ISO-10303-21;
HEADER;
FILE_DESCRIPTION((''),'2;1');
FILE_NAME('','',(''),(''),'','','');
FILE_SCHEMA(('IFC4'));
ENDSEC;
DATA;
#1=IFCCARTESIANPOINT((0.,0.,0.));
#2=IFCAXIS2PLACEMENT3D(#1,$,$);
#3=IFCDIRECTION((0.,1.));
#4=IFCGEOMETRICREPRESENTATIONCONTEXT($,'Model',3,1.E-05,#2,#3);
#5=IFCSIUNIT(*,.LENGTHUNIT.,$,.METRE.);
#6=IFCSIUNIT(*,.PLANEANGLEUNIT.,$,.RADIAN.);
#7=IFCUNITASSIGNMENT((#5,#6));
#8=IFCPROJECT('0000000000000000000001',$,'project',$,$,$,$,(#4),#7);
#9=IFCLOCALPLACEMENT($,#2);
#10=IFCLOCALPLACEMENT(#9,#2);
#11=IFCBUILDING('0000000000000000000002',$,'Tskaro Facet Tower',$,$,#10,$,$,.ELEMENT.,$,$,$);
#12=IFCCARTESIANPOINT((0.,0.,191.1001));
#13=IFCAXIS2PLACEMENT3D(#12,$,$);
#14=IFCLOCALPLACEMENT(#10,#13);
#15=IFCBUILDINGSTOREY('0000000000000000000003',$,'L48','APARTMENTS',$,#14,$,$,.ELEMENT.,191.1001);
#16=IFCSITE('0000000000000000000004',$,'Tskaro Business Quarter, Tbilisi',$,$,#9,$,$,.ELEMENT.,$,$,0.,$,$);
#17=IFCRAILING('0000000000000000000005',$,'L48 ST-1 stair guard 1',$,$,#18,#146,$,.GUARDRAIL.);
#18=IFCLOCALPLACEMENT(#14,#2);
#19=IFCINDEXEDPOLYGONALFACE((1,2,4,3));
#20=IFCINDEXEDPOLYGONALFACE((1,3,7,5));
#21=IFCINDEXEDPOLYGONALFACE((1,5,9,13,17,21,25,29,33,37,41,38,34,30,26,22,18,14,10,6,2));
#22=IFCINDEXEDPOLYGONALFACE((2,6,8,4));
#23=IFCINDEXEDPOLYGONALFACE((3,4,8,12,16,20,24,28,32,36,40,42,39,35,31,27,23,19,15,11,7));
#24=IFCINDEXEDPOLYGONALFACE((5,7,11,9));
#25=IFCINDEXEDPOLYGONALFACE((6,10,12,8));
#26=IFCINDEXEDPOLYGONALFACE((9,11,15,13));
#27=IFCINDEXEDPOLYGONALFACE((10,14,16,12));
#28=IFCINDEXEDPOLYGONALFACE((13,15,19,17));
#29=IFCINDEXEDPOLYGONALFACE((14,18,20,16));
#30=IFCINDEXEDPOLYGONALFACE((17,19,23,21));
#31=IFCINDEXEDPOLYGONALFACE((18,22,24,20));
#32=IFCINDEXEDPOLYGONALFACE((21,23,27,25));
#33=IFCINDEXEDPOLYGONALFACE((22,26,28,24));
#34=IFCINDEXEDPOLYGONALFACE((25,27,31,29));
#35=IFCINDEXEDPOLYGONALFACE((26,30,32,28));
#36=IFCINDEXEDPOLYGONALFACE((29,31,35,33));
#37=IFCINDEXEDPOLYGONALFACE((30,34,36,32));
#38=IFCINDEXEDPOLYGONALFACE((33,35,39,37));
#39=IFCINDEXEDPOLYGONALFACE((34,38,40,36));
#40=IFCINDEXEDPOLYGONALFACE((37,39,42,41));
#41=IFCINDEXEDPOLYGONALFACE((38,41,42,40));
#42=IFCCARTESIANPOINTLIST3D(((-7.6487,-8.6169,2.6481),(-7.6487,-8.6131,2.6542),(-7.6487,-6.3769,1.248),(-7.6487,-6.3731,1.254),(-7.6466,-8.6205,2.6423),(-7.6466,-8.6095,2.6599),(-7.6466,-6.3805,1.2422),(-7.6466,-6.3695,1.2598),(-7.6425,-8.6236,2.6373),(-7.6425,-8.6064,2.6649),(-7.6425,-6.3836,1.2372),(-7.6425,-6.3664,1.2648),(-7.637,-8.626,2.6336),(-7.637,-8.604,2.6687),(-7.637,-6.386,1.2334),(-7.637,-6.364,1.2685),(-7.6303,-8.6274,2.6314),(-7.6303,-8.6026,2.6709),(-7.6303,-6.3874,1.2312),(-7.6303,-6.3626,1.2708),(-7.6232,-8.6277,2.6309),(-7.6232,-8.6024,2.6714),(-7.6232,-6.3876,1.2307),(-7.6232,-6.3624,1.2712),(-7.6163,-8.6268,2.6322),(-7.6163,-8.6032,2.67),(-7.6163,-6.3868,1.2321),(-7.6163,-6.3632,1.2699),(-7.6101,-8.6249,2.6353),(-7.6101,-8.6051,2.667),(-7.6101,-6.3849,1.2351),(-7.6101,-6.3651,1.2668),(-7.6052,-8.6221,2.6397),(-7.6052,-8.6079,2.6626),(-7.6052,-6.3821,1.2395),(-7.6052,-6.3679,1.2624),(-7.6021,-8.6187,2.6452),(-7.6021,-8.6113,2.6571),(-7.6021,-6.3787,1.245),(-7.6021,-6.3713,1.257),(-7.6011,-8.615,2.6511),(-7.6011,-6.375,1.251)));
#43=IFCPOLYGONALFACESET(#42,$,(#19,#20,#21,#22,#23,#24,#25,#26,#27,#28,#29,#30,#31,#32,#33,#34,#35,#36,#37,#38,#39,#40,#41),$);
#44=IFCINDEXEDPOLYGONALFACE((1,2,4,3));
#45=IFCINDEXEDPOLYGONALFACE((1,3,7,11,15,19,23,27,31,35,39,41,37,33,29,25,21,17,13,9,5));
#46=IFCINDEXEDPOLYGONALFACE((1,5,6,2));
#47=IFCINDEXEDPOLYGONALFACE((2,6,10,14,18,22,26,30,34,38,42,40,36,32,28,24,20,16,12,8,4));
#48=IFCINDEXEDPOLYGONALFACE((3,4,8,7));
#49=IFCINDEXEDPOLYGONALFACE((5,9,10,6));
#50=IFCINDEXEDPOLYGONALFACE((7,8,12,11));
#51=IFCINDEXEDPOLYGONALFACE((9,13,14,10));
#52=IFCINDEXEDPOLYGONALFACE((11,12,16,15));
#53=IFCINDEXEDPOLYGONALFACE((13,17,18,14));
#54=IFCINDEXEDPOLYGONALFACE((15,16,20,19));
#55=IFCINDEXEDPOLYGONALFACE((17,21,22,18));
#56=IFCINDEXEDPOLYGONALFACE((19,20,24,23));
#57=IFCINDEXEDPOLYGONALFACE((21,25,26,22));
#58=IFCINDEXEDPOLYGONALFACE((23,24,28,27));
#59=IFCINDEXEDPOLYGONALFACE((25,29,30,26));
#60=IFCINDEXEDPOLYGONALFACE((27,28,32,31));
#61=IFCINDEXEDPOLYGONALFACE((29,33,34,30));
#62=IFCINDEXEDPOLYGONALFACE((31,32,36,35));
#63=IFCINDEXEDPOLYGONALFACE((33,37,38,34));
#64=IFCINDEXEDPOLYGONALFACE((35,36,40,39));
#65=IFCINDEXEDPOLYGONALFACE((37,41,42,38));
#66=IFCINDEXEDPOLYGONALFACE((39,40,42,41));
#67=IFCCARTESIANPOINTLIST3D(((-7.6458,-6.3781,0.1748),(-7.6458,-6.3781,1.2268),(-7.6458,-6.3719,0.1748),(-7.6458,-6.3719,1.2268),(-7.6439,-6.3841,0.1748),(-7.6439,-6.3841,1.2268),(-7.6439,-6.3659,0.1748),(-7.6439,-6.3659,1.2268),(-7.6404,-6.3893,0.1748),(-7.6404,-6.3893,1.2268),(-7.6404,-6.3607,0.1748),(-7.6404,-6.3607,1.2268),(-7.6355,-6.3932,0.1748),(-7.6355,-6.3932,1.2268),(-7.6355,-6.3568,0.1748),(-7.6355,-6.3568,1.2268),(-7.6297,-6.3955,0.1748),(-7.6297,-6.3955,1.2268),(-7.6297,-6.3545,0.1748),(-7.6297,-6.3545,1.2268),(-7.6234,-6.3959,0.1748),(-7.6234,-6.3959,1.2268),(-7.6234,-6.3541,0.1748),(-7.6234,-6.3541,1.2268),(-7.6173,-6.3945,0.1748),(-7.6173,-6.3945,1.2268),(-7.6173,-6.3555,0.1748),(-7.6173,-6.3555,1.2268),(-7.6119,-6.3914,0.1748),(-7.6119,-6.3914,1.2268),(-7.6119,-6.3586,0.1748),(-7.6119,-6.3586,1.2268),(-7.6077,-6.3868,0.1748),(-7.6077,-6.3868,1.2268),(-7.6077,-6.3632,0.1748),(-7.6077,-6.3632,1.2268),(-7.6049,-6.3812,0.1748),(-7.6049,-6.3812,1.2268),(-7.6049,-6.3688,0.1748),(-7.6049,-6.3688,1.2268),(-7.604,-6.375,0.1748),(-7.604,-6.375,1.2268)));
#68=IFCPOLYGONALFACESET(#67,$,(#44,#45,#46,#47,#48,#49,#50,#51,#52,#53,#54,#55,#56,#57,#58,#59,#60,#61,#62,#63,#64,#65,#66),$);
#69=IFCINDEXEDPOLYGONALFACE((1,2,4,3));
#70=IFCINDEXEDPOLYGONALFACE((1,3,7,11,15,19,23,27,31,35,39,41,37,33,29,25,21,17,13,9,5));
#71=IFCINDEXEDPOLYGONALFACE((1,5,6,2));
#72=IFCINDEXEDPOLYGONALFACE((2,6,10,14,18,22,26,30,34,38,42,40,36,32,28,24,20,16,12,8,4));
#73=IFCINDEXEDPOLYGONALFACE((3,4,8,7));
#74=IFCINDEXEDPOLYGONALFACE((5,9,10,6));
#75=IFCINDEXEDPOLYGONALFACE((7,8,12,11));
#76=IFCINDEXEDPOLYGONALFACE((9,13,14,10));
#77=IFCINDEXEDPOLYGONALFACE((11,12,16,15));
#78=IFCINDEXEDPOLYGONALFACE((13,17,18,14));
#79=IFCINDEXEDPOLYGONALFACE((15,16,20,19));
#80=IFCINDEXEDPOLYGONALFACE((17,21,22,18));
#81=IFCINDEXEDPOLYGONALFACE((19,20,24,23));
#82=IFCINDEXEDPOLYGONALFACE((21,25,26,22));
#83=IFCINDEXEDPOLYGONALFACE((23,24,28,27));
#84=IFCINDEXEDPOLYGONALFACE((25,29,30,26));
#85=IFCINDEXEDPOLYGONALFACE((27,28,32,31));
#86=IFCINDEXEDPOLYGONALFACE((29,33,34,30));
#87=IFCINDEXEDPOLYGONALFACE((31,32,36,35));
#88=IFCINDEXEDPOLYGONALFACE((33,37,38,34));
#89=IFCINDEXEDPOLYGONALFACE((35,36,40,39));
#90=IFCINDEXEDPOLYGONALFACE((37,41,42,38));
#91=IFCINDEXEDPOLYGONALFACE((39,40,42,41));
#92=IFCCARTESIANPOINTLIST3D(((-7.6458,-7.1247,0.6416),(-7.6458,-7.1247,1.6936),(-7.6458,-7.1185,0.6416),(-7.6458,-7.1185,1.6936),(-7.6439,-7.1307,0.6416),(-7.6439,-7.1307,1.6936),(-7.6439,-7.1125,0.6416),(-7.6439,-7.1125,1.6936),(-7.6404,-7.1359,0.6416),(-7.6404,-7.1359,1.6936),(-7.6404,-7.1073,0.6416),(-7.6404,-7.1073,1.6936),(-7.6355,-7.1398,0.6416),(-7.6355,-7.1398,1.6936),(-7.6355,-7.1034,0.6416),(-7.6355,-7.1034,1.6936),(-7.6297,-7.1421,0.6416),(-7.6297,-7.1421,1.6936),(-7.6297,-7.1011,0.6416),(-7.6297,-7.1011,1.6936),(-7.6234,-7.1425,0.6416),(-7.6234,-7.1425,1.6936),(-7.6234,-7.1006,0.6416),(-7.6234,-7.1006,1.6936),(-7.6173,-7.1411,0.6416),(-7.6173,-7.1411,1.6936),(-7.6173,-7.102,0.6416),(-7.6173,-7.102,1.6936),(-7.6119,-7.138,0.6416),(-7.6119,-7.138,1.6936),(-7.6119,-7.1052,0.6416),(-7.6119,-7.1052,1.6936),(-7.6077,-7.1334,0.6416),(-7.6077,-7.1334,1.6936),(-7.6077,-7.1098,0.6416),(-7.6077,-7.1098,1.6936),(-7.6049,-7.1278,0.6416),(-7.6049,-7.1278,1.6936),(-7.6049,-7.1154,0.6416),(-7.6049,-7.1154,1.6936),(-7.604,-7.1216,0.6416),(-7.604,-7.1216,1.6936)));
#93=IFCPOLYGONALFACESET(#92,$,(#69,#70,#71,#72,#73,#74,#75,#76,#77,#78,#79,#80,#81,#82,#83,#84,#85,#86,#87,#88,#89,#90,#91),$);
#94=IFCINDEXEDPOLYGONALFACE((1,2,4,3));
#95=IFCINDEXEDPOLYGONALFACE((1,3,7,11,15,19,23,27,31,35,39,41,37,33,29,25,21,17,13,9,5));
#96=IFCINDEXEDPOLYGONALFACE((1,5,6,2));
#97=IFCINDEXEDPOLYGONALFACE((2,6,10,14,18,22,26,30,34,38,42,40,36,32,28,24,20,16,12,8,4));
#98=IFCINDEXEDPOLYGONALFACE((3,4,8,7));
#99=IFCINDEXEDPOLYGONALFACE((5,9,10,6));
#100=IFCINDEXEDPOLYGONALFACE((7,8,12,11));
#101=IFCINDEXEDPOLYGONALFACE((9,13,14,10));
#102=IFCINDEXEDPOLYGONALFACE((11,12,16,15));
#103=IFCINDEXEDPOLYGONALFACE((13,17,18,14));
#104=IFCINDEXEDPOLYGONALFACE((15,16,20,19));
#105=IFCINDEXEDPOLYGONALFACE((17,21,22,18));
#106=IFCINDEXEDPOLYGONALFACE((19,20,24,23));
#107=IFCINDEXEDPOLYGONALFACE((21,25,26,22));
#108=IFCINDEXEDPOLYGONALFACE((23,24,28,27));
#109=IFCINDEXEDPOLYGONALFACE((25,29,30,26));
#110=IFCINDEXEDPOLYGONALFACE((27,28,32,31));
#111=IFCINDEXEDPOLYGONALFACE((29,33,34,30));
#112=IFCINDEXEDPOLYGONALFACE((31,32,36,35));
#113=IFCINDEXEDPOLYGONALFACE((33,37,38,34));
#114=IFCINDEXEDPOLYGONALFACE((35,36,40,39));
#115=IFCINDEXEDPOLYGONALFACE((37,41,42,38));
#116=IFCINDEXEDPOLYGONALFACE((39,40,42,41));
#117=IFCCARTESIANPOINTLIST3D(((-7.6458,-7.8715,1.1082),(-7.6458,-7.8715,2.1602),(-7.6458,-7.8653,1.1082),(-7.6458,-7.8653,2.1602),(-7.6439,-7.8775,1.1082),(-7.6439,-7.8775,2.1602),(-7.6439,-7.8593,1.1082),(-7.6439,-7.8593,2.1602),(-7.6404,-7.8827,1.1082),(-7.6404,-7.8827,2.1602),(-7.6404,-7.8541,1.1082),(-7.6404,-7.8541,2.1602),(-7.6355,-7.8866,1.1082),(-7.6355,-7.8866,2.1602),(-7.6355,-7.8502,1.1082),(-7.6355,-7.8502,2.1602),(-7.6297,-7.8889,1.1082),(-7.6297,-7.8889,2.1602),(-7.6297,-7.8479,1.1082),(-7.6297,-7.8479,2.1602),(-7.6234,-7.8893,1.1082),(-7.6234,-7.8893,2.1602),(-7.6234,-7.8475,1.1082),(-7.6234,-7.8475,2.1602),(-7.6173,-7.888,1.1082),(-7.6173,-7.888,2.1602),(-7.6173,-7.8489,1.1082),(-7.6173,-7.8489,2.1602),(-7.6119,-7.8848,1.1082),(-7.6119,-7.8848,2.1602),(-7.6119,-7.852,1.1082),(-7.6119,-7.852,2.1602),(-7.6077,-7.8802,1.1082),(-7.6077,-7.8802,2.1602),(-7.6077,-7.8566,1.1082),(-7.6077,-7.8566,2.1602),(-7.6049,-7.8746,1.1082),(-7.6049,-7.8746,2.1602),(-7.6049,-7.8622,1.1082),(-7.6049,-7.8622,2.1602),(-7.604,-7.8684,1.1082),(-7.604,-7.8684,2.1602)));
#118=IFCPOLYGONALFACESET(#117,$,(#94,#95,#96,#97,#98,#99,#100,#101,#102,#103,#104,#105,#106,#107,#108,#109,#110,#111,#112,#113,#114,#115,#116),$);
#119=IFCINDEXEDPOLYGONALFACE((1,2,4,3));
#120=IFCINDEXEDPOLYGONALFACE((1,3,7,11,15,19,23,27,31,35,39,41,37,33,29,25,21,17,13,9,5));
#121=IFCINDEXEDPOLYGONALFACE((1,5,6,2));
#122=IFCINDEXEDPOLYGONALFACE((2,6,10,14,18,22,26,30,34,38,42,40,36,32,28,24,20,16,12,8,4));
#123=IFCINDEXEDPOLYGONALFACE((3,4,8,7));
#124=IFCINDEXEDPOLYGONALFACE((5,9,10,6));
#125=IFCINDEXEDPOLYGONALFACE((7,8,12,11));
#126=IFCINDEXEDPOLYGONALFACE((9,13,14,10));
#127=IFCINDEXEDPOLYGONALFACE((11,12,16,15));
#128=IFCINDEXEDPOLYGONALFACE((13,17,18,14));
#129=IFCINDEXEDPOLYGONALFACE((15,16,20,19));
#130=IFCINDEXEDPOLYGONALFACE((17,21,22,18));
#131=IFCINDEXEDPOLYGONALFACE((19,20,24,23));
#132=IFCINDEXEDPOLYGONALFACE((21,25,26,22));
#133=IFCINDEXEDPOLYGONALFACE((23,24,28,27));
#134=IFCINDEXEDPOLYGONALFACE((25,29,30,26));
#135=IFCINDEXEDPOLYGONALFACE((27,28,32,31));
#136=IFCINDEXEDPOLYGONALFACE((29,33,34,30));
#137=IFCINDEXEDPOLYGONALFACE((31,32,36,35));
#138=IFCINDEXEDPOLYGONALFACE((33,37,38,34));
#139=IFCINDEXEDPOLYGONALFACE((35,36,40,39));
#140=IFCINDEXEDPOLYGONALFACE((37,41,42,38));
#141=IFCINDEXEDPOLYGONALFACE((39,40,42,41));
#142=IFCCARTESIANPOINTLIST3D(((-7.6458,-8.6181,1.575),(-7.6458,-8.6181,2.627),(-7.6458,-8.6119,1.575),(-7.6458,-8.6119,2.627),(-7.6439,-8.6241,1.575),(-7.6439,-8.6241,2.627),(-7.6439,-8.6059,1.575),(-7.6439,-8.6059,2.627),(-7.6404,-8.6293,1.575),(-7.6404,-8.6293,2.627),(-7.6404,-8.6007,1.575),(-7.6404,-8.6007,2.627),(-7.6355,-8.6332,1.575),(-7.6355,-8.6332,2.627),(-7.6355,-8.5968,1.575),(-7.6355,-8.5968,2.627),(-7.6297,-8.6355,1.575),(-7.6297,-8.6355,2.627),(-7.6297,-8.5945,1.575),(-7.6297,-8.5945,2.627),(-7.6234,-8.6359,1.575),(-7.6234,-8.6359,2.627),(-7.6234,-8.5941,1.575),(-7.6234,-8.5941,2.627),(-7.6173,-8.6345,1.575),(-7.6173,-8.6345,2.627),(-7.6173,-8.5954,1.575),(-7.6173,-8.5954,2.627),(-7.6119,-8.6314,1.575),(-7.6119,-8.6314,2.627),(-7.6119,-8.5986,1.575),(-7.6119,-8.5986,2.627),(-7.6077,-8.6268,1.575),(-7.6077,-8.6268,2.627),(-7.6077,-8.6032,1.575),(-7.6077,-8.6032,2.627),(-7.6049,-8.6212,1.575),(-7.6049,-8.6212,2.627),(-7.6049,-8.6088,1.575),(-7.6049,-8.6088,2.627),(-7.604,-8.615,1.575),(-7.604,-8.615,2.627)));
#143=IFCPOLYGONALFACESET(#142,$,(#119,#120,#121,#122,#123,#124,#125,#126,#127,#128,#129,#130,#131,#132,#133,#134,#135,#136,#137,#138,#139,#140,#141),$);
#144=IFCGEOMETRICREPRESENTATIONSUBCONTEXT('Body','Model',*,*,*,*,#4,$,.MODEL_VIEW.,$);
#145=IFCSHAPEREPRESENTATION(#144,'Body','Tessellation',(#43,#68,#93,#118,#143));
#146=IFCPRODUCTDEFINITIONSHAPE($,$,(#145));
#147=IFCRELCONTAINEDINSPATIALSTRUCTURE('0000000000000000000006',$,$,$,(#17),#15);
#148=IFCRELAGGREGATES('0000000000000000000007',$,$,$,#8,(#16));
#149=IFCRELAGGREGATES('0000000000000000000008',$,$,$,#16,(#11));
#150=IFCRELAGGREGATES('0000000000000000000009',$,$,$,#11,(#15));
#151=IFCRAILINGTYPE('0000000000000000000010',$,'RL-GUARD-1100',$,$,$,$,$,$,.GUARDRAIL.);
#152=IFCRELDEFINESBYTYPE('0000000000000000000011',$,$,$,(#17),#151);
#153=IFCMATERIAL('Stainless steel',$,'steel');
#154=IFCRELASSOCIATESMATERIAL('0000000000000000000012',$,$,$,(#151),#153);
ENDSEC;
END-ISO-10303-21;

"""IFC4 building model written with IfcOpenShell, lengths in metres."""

from ifc_helpers import new_model, si_unit, direction, frame, origin, origin_2d, place, context, subcontext, project, spatial, circle, extrude, material, type_object, element, save


model = new_model("IFC4")

# Units and contexts
model_context = context("Model", 3, precision=1e-05, world=origin(), true_north=direction((0.0, 1.0)))
body_context = subcontext(model_context, "Body", "Model", "MODEL_VIEW")
ifc_project = project(units=[si_unit("LENGTHUNIT", "METRE"), si_unit("PLANEANGLEUNIT", "RADIAN")], contexts=[model_context])

# Site, building, storey
site_placement = place(None, origin())
site = spatial("IfcSite", under=ifc_project, at=site_placement, Name="Tskaro Business Quarter, Tbilisi", CompositionType="ELEMENT", RefElevation=0.0)
building_placement = place(site_placement, origin())
building = spatial("IfcBuilding", under=site, at=building_placement, Name="Tskaro Facet Tower", CompositionType="ELEMENT")
storey_placement = place(building_placement, frame((0.0, 0.0, 191.1001)))
storey = spatial("IfcBuildingStorey", under=building, at=storey_placement, Name="L48", Description="APARTMENTS", CompositionType="ELEMENT", Elevation=191.1001)

# Shared definitions
ifc_material_1 = material(Name="Stainless steel", Category="steel")

# Railing
railing_type_1 = type_object("IfcRailingType", Name="RL-GUARD-1100", PredefinedType="GUARDRAIL", material=ifc_material_1)
railing_1_placement = place(storey_placement, frame((-7.625, -6.375, 0.1748)))
element("IfcRailing", 1, at=railing_1_placement, inside=storey, type_object=railing_type_1, Name="L48 ST-1 stair guard 1", PredefinedType="GUARDRAIL", context=body_context, shape_type="SweptSolid", body=[
    extrude(circle(Radius=0.0239, at=origin_2d()), frame((0.0, 0.0, 1.0762), z_axis=(0.0, -0.847972, 0.53004), x_axis=(1.0, 0.0, 0.0)), (0.0, 0.0, 1.0), 2.6416),
    extrude(circle(Radius=0.021, at=origin_2d()), origin(), (0.0, 0.0, 1.0), 1.052),
    extrude(circle(Radius=0.021, at=origin_2d()), frame((0.0, -0.7466, 0.4668)), (0.0, 0.0, 1.0), 1.052),
    extrude(circle(Radius=0.021, at=origin_2d()), frame((0.0, -1.4934, 0.9333)), (0.0, 0.0, 1.0), 1.052),
    extrude(circle(Radius=0.021, at=origin_2d()), frame((0.0, -2.24, 1.4001)), (0.0, 0.0, 1.0), 1.052),
])

save(model, "model.ifc")
